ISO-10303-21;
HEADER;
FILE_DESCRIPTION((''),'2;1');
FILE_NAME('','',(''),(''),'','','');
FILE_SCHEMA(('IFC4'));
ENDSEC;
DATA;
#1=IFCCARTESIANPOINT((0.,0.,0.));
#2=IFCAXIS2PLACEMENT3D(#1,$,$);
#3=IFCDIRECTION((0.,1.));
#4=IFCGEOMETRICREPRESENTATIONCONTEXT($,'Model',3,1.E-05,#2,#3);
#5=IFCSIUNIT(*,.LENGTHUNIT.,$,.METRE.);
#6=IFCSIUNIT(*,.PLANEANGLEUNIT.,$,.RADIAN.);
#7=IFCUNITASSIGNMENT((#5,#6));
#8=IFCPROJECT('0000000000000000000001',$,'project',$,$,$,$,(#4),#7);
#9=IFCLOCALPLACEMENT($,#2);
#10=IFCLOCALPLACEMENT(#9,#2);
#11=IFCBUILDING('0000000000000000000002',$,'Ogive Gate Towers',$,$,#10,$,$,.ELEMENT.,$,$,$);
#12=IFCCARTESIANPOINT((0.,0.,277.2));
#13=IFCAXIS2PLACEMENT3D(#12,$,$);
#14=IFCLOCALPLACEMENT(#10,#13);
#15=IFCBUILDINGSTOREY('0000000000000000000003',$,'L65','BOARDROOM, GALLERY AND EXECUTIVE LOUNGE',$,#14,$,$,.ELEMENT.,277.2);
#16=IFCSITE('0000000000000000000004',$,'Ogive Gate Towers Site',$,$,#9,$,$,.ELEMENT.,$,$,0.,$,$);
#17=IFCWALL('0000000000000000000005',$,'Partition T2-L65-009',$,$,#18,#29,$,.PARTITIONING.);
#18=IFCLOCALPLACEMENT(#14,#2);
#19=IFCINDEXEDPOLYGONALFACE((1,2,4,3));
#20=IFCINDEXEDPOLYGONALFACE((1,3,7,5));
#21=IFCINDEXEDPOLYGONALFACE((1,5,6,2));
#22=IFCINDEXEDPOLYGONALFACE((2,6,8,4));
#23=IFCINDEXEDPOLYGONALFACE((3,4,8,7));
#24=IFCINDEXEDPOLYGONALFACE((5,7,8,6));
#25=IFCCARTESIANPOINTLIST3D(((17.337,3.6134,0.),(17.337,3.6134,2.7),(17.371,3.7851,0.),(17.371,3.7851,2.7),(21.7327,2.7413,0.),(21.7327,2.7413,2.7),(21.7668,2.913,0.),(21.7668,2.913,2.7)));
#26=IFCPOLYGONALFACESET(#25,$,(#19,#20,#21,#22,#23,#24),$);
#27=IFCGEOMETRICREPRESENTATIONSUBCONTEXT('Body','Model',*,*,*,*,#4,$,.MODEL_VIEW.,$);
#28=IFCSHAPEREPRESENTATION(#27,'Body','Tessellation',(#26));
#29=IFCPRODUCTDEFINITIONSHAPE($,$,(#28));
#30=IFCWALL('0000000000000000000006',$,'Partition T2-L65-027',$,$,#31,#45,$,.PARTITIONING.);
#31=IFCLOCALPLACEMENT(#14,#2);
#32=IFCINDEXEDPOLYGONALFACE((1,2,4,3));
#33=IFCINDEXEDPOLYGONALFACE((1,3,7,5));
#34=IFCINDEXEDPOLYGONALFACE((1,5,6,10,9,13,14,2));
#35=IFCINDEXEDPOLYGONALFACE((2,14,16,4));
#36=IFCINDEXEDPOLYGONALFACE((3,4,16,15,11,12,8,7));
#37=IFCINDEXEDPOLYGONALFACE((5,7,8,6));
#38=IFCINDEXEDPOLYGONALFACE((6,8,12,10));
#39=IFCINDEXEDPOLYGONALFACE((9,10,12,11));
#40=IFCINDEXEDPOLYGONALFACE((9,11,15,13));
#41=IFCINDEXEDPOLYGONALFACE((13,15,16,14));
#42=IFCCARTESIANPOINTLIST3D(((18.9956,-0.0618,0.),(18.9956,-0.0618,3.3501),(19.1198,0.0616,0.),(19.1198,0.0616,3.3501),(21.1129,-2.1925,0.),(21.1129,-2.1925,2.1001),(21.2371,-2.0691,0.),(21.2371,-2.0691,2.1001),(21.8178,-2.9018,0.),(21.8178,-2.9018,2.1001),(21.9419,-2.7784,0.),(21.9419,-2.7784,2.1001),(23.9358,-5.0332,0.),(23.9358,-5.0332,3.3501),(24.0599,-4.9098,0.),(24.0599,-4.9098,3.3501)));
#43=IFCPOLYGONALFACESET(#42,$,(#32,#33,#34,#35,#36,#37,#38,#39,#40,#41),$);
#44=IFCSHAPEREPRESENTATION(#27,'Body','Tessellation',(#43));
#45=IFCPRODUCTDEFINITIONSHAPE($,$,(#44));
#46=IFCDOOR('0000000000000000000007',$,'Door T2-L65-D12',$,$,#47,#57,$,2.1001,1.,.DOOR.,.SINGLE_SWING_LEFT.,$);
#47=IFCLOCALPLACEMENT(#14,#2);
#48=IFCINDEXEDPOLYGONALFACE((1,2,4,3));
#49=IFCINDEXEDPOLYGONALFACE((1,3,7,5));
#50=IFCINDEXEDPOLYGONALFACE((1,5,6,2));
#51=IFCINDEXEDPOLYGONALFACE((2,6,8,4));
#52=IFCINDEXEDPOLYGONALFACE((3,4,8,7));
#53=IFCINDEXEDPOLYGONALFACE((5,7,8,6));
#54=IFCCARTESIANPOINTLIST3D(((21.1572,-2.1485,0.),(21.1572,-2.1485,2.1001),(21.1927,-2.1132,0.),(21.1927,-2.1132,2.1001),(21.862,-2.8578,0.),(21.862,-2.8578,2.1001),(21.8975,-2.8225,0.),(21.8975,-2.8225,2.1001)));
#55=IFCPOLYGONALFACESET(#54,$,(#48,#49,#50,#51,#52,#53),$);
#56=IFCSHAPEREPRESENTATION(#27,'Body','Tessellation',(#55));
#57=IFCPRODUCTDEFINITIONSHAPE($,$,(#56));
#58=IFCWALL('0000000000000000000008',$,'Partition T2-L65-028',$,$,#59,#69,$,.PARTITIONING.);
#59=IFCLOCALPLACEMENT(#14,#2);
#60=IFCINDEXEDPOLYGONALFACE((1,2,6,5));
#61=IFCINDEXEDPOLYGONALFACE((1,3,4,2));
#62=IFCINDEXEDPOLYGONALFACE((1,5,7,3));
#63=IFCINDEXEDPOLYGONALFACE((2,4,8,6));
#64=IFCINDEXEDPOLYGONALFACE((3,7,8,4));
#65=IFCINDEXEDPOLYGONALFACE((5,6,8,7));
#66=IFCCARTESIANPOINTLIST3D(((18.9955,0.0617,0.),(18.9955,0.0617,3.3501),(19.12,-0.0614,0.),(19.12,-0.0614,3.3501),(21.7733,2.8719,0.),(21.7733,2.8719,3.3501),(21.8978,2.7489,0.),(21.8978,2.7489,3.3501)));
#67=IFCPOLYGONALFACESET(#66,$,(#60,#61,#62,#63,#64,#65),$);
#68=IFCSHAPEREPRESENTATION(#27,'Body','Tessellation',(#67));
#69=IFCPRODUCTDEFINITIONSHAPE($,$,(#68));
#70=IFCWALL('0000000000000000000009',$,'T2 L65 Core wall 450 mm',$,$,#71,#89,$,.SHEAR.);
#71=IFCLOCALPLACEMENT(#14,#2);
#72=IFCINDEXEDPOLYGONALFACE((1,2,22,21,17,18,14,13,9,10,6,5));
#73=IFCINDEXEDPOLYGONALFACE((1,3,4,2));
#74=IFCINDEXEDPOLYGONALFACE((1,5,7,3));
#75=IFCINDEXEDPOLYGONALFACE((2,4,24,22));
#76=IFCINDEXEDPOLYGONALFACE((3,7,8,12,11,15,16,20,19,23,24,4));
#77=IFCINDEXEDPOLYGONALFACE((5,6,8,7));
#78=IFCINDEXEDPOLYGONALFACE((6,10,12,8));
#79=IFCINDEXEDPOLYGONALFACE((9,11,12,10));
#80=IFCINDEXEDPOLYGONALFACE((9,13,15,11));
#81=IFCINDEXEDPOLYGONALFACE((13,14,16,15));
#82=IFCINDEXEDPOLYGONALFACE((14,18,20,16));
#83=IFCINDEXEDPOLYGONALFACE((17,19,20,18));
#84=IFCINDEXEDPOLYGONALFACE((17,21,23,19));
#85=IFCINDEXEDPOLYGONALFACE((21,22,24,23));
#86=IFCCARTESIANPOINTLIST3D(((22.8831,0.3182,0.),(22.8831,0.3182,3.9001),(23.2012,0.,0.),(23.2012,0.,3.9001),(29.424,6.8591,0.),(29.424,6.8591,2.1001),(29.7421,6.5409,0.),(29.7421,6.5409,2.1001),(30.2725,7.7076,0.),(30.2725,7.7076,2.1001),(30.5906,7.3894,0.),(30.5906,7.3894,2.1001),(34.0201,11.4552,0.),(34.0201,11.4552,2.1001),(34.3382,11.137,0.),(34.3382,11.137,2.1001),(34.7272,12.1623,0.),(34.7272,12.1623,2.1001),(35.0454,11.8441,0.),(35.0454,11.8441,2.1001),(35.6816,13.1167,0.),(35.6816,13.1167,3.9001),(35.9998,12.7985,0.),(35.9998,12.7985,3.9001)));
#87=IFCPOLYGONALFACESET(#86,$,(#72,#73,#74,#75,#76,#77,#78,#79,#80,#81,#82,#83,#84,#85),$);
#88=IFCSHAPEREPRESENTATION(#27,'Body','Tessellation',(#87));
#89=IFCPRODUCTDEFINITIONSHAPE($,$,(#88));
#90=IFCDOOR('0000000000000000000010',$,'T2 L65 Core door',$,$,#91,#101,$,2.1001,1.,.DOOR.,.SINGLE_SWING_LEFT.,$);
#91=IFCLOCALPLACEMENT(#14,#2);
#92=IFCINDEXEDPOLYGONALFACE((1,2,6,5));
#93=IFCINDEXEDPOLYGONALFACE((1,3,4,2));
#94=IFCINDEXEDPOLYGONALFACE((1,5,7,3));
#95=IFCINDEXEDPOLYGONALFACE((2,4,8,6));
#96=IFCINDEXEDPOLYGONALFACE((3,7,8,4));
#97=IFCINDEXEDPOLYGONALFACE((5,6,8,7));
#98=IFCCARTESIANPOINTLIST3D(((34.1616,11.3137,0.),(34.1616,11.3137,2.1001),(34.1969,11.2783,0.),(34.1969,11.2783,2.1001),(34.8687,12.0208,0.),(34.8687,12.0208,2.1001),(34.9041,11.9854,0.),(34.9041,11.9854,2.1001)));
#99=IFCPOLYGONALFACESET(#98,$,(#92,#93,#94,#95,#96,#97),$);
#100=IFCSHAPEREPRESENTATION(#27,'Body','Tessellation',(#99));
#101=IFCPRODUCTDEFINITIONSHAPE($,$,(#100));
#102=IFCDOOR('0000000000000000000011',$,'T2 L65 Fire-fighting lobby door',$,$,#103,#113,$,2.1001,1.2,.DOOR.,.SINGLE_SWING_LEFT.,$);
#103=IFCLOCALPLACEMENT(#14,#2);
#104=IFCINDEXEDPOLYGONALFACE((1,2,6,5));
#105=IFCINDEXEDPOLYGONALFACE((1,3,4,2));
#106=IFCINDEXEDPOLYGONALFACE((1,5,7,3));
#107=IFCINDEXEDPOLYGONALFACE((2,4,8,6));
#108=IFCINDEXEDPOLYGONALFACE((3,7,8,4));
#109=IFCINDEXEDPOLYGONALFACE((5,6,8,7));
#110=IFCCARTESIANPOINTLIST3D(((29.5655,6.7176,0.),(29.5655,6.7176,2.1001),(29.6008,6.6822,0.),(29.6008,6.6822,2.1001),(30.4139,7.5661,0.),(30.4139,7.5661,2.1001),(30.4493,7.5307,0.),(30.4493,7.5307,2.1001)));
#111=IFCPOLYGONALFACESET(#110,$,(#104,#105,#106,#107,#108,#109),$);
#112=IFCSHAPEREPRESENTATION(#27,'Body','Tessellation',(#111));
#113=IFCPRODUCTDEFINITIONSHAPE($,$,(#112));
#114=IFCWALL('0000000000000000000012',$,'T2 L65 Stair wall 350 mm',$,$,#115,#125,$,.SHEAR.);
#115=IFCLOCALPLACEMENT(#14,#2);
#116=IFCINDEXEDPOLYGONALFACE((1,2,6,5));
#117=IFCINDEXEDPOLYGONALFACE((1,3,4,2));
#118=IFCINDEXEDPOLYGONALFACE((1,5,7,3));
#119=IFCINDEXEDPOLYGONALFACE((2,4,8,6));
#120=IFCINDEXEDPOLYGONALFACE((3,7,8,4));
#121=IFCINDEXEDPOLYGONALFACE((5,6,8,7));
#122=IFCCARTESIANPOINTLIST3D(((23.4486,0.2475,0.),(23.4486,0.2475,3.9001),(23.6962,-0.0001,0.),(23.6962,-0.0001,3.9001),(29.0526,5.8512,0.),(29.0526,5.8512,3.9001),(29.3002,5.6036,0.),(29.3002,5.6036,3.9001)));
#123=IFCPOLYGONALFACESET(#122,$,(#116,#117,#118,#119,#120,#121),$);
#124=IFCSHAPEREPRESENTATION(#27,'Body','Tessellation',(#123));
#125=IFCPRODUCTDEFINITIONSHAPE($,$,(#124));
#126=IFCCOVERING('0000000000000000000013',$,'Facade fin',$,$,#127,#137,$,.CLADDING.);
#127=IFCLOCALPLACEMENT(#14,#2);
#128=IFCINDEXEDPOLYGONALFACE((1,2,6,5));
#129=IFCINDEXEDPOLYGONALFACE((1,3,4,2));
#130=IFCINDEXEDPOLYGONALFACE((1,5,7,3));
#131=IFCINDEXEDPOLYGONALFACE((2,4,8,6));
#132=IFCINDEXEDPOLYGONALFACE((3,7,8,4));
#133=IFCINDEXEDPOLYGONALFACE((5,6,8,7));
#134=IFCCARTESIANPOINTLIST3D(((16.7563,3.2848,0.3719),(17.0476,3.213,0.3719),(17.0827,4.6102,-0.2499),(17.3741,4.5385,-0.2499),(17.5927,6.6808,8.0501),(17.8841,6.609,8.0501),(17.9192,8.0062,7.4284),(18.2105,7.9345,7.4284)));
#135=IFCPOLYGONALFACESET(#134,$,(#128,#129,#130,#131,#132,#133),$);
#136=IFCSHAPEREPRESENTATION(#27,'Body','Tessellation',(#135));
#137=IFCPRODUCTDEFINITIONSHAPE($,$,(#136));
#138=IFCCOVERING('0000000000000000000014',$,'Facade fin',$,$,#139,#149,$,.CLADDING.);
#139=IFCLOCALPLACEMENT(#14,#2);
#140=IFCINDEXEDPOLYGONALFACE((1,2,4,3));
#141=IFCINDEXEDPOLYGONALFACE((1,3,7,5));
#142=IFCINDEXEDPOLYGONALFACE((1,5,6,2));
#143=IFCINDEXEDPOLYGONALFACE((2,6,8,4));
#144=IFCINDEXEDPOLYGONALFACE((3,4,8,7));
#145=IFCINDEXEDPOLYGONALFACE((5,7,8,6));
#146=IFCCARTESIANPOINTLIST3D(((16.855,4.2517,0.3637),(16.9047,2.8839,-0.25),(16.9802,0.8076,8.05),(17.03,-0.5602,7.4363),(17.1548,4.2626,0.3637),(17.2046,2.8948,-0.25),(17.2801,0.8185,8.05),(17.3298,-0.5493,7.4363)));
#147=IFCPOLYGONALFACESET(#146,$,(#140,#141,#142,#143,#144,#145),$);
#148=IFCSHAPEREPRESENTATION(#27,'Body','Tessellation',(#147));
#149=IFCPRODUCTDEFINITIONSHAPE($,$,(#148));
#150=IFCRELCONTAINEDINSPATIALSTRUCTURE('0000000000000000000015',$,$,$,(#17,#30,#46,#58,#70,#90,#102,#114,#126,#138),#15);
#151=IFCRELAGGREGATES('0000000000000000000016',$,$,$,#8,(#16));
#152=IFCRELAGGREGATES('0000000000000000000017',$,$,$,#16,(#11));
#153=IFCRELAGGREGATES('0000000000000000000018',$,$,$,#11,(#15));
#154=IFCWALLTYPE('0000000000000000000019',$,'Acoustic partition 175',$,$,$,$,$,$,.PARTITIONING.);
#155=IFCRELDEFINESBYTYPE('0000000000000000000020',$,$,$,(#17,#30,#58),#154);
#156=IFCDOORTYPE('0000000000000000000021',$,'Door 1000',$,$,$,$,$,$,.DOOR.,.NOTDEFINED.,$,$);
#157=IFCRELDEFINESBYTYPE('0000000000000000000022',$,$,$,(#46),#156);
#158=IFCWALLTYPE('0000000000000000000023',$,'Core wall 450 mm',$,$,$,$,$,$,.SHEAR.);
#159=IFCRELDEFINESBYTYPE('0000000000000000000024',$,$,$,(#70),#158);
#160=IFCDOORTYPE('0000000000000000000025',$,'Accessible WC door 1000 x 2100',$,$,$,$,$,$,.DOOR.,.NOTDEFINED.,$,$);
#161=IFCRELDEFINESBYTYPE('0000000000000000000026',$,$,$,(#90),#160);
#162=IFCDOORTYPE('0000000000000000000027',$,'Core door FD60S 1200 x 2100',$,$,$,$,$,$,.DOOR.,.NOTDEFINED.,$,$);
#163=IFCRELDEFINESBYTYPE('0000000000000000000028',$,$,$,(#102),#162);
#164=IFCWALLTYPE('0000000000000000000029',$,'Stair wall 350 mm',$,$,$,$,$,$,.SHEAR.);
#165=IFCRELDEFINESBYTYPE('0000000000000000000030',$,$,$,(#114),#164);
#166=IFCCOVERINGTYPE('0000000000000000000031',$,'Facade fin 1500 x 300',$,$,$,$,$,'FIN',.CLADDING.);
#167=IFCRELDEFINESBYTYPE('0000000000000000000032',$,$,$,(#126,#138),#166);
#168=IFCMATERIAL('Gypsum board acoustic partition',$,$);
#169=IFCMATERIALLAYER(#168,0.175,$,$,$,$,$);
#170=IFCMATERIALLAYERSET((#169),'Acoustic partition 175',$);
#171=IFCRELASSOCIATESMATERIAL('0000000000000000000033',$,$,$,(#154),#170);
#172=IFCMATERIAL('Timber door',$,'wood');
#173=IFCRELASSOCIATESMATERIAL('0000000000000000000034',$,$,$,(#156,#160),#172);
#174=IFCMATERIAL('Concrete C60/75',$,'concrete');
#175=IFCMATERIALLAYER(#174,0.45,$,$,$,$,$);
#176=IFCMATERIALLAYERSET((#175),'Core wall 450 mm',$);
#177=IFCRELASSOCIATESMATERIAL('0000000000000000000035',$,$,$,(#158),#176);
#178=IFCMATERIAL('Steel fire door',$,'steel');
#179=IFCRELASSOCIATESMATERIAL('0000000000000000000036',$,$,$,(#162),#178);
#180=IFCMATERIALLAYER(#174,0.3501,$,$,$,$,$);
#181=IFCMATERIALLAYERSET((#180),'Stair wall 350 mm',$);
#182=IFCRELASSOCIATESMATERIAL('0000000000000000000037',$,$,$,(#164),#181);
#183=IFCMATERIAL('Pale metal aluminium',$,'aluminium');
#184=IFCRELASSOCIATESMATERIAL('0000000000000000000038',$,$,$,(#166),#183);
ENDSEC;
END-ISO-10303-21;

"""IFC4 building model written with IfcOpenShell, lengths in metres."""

from ifc_helpers import new_model, si_unit, direction, frame, frame_2d, origin, origin_2d, place, context, subcontext, project, spatial, rectangle, extrude, material, layer, layer_set, material_profile, profile_set, type_object, element, fill, save


model = new_model("IFC4")

# Units and contexts
model_context = context("Model", 3, precision=1e-05, world=origin(), true_north=direction((0.0, 1.0)))
body_context = subcontext(model_context, "Body", "Model", "MODEL_VIEW")
ifc_project = project(units=[si_unit("LENGTHUNIT", "METRE"), si_unit("PLANEANGLEUNIT", "RADIAN")], contexts=[model_context])

# Site, building, storey
site_placement = place(None, origin())
site = spatial("IfcSite", under=ifc_project, at=site_placement, Name="Ogive Gate Towers Site", CompositionType="ELEMENT", RefElevation=0.0)
building_placement = place(site_placement, origin())
building = spatial("IfcBuilding", under=site, at=building_placement, Name="Ogive Gate Towers", CompositionType="ELEMENT")
storey_placement = place(building_placement, frame((0.0, 0.0, 277.2)))
storey = spatial("IfcBuildingStorey", under=building, at=storey_placement, Name="L65", Description="BOARDROOM, GALLERY AND EXECUTIVE LOUNGE", CompositionType="ELEMENT", Elevation=277.2)

# Shared definitions
ifc_material_1 = material(Name="Pale metal aluminium", Category="aluminium")

# Wall
ifc_material_2 = material(Name="Gypsum board acoustic partition")
ifc_layer_1 = layer(ifc_material_2, 0.175)
ifc_layer_set_1 = layer_set([ifc_layer_1], Name="Acoustic partition 175")
wall_type_1 = type_object("IfcWallType", Name="Acoustic partition 175", PredefinedType="PARTITIONING", material=ifc_layer_set_1)
wall_1_placement = place(storey_placement, frame((17.354, 3.6992, 0.0), z_axis=(0.0, 0.0, 1.0), x_axis=(0.980883, -0.194597, 0.0)))
element("IfcWall", 1, at=wall_1_placement, inside=storey, type_object=wall_type_1, Name="Partition T2-L65-009", PredefinedType="PARTITIONING", context=body_context, shape_type="SweptSolid", body=[
    extrude(rectangle(XDim=4.4814, YDim=0.175, at=frame_2d((2.2407, 0.0))), origin(), (0.0, 0.0, 1.0), 2.7),
])

# Wall, opening, door
wall_2_placement = place(storey_placement, frame((19.0576, 0.0, 0.0), z_axis=(0.0, 0.0, 1.0), x_axis=(0.704874, -0.709333, 0.0)))
wall_2 = element("IfcWall", 2, at=wall_2_placement, inside=storey, type_object=wall_type_1, Name="Partition T2-L65-027", PredefinedType="PARTITIONING", context=body_context, shape_type="SweptSolid", body=[
    extrude(rectangle(XDim=7.0085, YDim=0.175, at=frame_2d((3.5044, 0.0))), origin(), (0.0, 0.0, 1.0), 3.3501),
])
opening_1_placement = place(wall_2_placement, frame((3.0039, 0.0, 0.0)))
opening_1 = element("IfcOpeningElement", 3, at=opening_1_placement, cuts=wall_2, PredefinedType="OPENING", context=body_context, shape_type="SweptSolid", body=[
    extrude(rectangle(XDim=1.0, YDim=2.1001, at=frame_2d((0.5, 1.05))), frame((0.0, 0.0977, 0.0), z_axis=(0.0, -1.0, 0.0), x_axis=(1.0, 0.0, 0.0)), (0.0, 0.0, 1.0), 0.1951),
])
ifc_material_3 = material(Name="Timber door", Category="wood")
door_type_1 = type_object("IfcDoorType", Name="Door 1000", OperationType="NOTDEFINED", PredefinedType="DOOR", material=ifc_material_3)
door_1_placement = place(opening_1_placement, origin())
door_1 = element("IfcDoor", 4, at=door_1_placement, inside=storey, type_object=door_type_1, Name="Door T2-L65-D12", OperationType="SINGLE_SWING_LEFT", OverallHeight=2.1001, OverallWidth=1.0, PredefinedType="DOOR", context=body_context, shape_type="SweptSolid", body=[
    extrude(rectangle(XDim=1.0, YDim=2.1001, at=frame_2d((0.5, 1.05))), frame((0.0, 0.0249, 0.0), z_axis=(0.0, -1.0, 0.0), x_axis=(1.0, 0.0, 0.0)), (0.0, 0.0, 1.0), 0.05),
])
fill(opening_1, door_1)

# Wall
wall_3_placement = place(storey_placement, frame((21.8354, 2.8103, 0.0), z_axis=(0.0, 0.0, 1.0), x_axis=(-0.702986, -0.711204, 0.0)))
element("IfcWall", 5, at=wall_3_placement, inside=storey, type_object=wall_type_1, Name="Partition T2-L65-028", PredefinedType="PARTITIONING", context=body_context, shape_type="SweptSolid", body=[
    extrude(rectangle(XDim=3.9514, YDim=0.175, at=frame_2d((1.9756, 0.0))), origin(), (0.0, 0.0, 1.0), 3.3501),
])

# Wall, openings, doors
ifc_material_4 = material(Name="Concrete C60/75", Category="concrete")
ifc_layer_2 = layer(ifc_material_4, 0.45)
ifc_layer_set_2 = layer_set([ifc_layer_2], Name="Core wall 450 mm")
wall_type_2 = type_object("IfcWallType", Name="Core wall 450 mm", PredefinedType="SHEAR", material=ifc_layer_set_2)
wall_4_placement = place(storey_placement, frame((23.0422, 0.1592, 0.0), z_axis=(0.0, 0.0, 1.0), x_axis=(0.707107, 0.707107, 0.0)))
wall_4 = element("IfcWall", 6, at=wall_4_placement, inside=storey, type_object=wall_type_2, Name="T2 L65 Core wall 450 mm", PredefinedType="SHEAR", context=body_context, shape_type="SweptSolid", body=[
    extrude(rectangle(XDim=18.0999, YDim=0.45, at=frame_2d((9.0498, 0.0))), origin(), (0.0, 0.0, 1.0), 3.9001),
])
opening_2_placement = place(wall_4_placement, frame((9.25, 0.0, 0.0)))
opening_2 = element("IfcOpeningElement", 7, at=opening_2_placement, cuts=wall_4, PredefinedType="OPENING", context=body_context, shape_type="SweptSolid", body=[
    extrude(rectangle(XDim=1.2, YDim=2.1001, at=frame_2d((0.6001, 1.05))), frame((0.0, 0.2349, 0.0), z_axis=(0.0, -1.0, 0.0), x_axis=(1.0, 0.0, 0.0)), (0.0, 0.0, 1.0), 0.47),
])
opening_3_placement = place(wall_4_placement, frame((15.75, 0.0, 0.0)))
opening_3 = element("IfcOpeningElement", 8, at=opening_3_placement, cuts=wall_4, PredefinedType="OPENING", context=body_context, shape_type="SweptSolid", body=[
    extrude(rectangle(XDim=1.0, YDim=2.1001, at=frame_2d((0.5, 1.05))), frame((0.0, 0.2349, 0.0), z_axis=(0.0, -1.0, 0.0), x_axis=(1.0, 0.0, 0.0)), (0.0, 0.0, 1.0), 0.47),
])
door_type_2 = type_object("IfcDoorType", Name="Accessible WC door 1000 x 2100", OperationType="NOTDEFINED", PredefinedType="DOOR", material=ifc_material_3)
door_2_placement = place(opening_3_placement, origin())
door_2 = element("IfcDoor", 9, at=door_2_placement, inside=storey, type_object=door_type_2, Name="T2 L65 Core door", OperationType="SINGLE_SWING_LEFT", OverallHeight=2.1001, OverallWidth=1.0, PredefinedType="DOOR", context=body_context, shape_type="SweptSolid", body=[
    extrude(rectangle(XDim=1.0, YDim=2.1001, at=frame_2d((0.5, 1.05))), frame((0.0, 0.0249, 0.0), z_axis=(0.0, -1.0, 0.0), x_axis=(1.0, 0.0, 0.0)), (0.0, 0.0, 1.0), 0.05),
])
fill(opening_3, door_2)
ifc_material_5 = material(Name="Steel fire door", Category="steel")
door_type_3 = type_object("IfcDoorType", Name="Core door FD60S 1200 x 2100", OperationType="NOTDEFINED", PredefinedType="DOOR", material=ifc_material_5)
door_3_placement = place(opening_2_placement, origin())
door_3 = element("IfcDoor", 10, at=door_3_placement, inside=storey, type_object=door_type_3, Name="T2 L65 Fire-fighting lobby door", OperationType="SINGLE_SWING_LEFT", OverallHeight=2.1001, OverallWidth=1.2, PredefinedType="DOOR", context=body_context, shape_type="SweptSolid", body=[
    extrude(rectangle(XDim=1.2, YDim=2.1001, at=frame_2d((0.6001, 1.05))), frame((0.0, 0.0249, 0.0), z_axis=(0.0, -1.0, 0.0), x_axis=(1.0, 0.0, 0.0)), (0.0, 0.0, 1.0), 0.05),
])
fill(opening_2, door_3)

# Wall
ifc_layer_3 = layer(ifc_material_4, 0.3501)
ifc_layer_set_3 = layer_set([ifc_layer_3], Name="Stair wall 350 mm")
wall_type_3 = type_object("IfcWallType", Name="Stair wall 350 mm", PredefinedType="SHEAR", material=ifc_layer_set_3)
wall_5_placement = place(storey_placement, frame((23.5725, 0.1238, 0.0), z_axis=(0.0, 0.0, 1.0), x_axis=(0.707122, 0.707091, 0.0)))
element("IfcWall", 11, at=wall_5_placement, inside=storey, type_object=wall_type_3, Name="T2 L65 Stair wall 350 mm", PredefinedType="SHEAR", context=body_context, shape_type="SweptSolid", body=[
    extrude(rectangle(XDim=7.925, YDim=0.3501, at=frame_2d((3.9624, 0.0))), origin(), (0.0, 0.0, 1.0), 3.9001),
])

# Coverings
ifc_material_profile_1 = material_profile(ifc_material_1, rectangle(XDim=0.3, YDim=1.5, at=origin_2d()), Name="1500 x 300 pale metal aluminium")
ifc_profile_set_1 = profile_set([ifc_material_profile_1], Name="Pale metal aluminium")
covering_type = type_object("IfcCoveringType", Name="Facade fin 1500 x 300", ElementType="FIN", PredefinedType="CLADDING", material=ifc_profile_set_1)
covering_1_placement = place(storey_placement, frame((17.0652, 3.9116, 0.061), z_axis=(0.099135, 0.402499, 0.910037), x_axis=(-0.970982, 0.239151, 0.0)))
element("IfcCovering", 12, at=covering_1_placement, inside=storey, type_object=covering_type, Name="Facade fin", PredefinedType="CLADDING", context=body_context, shape_type="SweptSolid", body=[
    extrude(rectangle(XDim=0.3, YDim=1.5, at=origin_2d()), origin(), (0.0, 0.0, 1.0), 8.4373),
])
covering_2_placement = place(storey_placement, frame((17.0298, 3.5732, 0.0569), z_axis=(0.014868, -0.408864, 0.912474), x_axis=(0.999339, 0.036341, 0.0)))
element("IfcCovering", 13, at=covering_2_placement, inside=storey, type_object=covering_type, Name="Facade fin", PredefinedType="CLADDING", context=body_context, shape_type="SweptSolid", body=[
    extrude(rectangle(XDim=0.3, YDim=1.5, at=origin_2d()), origin(), (0.0, 0.0, 1.0), 8.4236),
])

save(model, "model.ifc")
